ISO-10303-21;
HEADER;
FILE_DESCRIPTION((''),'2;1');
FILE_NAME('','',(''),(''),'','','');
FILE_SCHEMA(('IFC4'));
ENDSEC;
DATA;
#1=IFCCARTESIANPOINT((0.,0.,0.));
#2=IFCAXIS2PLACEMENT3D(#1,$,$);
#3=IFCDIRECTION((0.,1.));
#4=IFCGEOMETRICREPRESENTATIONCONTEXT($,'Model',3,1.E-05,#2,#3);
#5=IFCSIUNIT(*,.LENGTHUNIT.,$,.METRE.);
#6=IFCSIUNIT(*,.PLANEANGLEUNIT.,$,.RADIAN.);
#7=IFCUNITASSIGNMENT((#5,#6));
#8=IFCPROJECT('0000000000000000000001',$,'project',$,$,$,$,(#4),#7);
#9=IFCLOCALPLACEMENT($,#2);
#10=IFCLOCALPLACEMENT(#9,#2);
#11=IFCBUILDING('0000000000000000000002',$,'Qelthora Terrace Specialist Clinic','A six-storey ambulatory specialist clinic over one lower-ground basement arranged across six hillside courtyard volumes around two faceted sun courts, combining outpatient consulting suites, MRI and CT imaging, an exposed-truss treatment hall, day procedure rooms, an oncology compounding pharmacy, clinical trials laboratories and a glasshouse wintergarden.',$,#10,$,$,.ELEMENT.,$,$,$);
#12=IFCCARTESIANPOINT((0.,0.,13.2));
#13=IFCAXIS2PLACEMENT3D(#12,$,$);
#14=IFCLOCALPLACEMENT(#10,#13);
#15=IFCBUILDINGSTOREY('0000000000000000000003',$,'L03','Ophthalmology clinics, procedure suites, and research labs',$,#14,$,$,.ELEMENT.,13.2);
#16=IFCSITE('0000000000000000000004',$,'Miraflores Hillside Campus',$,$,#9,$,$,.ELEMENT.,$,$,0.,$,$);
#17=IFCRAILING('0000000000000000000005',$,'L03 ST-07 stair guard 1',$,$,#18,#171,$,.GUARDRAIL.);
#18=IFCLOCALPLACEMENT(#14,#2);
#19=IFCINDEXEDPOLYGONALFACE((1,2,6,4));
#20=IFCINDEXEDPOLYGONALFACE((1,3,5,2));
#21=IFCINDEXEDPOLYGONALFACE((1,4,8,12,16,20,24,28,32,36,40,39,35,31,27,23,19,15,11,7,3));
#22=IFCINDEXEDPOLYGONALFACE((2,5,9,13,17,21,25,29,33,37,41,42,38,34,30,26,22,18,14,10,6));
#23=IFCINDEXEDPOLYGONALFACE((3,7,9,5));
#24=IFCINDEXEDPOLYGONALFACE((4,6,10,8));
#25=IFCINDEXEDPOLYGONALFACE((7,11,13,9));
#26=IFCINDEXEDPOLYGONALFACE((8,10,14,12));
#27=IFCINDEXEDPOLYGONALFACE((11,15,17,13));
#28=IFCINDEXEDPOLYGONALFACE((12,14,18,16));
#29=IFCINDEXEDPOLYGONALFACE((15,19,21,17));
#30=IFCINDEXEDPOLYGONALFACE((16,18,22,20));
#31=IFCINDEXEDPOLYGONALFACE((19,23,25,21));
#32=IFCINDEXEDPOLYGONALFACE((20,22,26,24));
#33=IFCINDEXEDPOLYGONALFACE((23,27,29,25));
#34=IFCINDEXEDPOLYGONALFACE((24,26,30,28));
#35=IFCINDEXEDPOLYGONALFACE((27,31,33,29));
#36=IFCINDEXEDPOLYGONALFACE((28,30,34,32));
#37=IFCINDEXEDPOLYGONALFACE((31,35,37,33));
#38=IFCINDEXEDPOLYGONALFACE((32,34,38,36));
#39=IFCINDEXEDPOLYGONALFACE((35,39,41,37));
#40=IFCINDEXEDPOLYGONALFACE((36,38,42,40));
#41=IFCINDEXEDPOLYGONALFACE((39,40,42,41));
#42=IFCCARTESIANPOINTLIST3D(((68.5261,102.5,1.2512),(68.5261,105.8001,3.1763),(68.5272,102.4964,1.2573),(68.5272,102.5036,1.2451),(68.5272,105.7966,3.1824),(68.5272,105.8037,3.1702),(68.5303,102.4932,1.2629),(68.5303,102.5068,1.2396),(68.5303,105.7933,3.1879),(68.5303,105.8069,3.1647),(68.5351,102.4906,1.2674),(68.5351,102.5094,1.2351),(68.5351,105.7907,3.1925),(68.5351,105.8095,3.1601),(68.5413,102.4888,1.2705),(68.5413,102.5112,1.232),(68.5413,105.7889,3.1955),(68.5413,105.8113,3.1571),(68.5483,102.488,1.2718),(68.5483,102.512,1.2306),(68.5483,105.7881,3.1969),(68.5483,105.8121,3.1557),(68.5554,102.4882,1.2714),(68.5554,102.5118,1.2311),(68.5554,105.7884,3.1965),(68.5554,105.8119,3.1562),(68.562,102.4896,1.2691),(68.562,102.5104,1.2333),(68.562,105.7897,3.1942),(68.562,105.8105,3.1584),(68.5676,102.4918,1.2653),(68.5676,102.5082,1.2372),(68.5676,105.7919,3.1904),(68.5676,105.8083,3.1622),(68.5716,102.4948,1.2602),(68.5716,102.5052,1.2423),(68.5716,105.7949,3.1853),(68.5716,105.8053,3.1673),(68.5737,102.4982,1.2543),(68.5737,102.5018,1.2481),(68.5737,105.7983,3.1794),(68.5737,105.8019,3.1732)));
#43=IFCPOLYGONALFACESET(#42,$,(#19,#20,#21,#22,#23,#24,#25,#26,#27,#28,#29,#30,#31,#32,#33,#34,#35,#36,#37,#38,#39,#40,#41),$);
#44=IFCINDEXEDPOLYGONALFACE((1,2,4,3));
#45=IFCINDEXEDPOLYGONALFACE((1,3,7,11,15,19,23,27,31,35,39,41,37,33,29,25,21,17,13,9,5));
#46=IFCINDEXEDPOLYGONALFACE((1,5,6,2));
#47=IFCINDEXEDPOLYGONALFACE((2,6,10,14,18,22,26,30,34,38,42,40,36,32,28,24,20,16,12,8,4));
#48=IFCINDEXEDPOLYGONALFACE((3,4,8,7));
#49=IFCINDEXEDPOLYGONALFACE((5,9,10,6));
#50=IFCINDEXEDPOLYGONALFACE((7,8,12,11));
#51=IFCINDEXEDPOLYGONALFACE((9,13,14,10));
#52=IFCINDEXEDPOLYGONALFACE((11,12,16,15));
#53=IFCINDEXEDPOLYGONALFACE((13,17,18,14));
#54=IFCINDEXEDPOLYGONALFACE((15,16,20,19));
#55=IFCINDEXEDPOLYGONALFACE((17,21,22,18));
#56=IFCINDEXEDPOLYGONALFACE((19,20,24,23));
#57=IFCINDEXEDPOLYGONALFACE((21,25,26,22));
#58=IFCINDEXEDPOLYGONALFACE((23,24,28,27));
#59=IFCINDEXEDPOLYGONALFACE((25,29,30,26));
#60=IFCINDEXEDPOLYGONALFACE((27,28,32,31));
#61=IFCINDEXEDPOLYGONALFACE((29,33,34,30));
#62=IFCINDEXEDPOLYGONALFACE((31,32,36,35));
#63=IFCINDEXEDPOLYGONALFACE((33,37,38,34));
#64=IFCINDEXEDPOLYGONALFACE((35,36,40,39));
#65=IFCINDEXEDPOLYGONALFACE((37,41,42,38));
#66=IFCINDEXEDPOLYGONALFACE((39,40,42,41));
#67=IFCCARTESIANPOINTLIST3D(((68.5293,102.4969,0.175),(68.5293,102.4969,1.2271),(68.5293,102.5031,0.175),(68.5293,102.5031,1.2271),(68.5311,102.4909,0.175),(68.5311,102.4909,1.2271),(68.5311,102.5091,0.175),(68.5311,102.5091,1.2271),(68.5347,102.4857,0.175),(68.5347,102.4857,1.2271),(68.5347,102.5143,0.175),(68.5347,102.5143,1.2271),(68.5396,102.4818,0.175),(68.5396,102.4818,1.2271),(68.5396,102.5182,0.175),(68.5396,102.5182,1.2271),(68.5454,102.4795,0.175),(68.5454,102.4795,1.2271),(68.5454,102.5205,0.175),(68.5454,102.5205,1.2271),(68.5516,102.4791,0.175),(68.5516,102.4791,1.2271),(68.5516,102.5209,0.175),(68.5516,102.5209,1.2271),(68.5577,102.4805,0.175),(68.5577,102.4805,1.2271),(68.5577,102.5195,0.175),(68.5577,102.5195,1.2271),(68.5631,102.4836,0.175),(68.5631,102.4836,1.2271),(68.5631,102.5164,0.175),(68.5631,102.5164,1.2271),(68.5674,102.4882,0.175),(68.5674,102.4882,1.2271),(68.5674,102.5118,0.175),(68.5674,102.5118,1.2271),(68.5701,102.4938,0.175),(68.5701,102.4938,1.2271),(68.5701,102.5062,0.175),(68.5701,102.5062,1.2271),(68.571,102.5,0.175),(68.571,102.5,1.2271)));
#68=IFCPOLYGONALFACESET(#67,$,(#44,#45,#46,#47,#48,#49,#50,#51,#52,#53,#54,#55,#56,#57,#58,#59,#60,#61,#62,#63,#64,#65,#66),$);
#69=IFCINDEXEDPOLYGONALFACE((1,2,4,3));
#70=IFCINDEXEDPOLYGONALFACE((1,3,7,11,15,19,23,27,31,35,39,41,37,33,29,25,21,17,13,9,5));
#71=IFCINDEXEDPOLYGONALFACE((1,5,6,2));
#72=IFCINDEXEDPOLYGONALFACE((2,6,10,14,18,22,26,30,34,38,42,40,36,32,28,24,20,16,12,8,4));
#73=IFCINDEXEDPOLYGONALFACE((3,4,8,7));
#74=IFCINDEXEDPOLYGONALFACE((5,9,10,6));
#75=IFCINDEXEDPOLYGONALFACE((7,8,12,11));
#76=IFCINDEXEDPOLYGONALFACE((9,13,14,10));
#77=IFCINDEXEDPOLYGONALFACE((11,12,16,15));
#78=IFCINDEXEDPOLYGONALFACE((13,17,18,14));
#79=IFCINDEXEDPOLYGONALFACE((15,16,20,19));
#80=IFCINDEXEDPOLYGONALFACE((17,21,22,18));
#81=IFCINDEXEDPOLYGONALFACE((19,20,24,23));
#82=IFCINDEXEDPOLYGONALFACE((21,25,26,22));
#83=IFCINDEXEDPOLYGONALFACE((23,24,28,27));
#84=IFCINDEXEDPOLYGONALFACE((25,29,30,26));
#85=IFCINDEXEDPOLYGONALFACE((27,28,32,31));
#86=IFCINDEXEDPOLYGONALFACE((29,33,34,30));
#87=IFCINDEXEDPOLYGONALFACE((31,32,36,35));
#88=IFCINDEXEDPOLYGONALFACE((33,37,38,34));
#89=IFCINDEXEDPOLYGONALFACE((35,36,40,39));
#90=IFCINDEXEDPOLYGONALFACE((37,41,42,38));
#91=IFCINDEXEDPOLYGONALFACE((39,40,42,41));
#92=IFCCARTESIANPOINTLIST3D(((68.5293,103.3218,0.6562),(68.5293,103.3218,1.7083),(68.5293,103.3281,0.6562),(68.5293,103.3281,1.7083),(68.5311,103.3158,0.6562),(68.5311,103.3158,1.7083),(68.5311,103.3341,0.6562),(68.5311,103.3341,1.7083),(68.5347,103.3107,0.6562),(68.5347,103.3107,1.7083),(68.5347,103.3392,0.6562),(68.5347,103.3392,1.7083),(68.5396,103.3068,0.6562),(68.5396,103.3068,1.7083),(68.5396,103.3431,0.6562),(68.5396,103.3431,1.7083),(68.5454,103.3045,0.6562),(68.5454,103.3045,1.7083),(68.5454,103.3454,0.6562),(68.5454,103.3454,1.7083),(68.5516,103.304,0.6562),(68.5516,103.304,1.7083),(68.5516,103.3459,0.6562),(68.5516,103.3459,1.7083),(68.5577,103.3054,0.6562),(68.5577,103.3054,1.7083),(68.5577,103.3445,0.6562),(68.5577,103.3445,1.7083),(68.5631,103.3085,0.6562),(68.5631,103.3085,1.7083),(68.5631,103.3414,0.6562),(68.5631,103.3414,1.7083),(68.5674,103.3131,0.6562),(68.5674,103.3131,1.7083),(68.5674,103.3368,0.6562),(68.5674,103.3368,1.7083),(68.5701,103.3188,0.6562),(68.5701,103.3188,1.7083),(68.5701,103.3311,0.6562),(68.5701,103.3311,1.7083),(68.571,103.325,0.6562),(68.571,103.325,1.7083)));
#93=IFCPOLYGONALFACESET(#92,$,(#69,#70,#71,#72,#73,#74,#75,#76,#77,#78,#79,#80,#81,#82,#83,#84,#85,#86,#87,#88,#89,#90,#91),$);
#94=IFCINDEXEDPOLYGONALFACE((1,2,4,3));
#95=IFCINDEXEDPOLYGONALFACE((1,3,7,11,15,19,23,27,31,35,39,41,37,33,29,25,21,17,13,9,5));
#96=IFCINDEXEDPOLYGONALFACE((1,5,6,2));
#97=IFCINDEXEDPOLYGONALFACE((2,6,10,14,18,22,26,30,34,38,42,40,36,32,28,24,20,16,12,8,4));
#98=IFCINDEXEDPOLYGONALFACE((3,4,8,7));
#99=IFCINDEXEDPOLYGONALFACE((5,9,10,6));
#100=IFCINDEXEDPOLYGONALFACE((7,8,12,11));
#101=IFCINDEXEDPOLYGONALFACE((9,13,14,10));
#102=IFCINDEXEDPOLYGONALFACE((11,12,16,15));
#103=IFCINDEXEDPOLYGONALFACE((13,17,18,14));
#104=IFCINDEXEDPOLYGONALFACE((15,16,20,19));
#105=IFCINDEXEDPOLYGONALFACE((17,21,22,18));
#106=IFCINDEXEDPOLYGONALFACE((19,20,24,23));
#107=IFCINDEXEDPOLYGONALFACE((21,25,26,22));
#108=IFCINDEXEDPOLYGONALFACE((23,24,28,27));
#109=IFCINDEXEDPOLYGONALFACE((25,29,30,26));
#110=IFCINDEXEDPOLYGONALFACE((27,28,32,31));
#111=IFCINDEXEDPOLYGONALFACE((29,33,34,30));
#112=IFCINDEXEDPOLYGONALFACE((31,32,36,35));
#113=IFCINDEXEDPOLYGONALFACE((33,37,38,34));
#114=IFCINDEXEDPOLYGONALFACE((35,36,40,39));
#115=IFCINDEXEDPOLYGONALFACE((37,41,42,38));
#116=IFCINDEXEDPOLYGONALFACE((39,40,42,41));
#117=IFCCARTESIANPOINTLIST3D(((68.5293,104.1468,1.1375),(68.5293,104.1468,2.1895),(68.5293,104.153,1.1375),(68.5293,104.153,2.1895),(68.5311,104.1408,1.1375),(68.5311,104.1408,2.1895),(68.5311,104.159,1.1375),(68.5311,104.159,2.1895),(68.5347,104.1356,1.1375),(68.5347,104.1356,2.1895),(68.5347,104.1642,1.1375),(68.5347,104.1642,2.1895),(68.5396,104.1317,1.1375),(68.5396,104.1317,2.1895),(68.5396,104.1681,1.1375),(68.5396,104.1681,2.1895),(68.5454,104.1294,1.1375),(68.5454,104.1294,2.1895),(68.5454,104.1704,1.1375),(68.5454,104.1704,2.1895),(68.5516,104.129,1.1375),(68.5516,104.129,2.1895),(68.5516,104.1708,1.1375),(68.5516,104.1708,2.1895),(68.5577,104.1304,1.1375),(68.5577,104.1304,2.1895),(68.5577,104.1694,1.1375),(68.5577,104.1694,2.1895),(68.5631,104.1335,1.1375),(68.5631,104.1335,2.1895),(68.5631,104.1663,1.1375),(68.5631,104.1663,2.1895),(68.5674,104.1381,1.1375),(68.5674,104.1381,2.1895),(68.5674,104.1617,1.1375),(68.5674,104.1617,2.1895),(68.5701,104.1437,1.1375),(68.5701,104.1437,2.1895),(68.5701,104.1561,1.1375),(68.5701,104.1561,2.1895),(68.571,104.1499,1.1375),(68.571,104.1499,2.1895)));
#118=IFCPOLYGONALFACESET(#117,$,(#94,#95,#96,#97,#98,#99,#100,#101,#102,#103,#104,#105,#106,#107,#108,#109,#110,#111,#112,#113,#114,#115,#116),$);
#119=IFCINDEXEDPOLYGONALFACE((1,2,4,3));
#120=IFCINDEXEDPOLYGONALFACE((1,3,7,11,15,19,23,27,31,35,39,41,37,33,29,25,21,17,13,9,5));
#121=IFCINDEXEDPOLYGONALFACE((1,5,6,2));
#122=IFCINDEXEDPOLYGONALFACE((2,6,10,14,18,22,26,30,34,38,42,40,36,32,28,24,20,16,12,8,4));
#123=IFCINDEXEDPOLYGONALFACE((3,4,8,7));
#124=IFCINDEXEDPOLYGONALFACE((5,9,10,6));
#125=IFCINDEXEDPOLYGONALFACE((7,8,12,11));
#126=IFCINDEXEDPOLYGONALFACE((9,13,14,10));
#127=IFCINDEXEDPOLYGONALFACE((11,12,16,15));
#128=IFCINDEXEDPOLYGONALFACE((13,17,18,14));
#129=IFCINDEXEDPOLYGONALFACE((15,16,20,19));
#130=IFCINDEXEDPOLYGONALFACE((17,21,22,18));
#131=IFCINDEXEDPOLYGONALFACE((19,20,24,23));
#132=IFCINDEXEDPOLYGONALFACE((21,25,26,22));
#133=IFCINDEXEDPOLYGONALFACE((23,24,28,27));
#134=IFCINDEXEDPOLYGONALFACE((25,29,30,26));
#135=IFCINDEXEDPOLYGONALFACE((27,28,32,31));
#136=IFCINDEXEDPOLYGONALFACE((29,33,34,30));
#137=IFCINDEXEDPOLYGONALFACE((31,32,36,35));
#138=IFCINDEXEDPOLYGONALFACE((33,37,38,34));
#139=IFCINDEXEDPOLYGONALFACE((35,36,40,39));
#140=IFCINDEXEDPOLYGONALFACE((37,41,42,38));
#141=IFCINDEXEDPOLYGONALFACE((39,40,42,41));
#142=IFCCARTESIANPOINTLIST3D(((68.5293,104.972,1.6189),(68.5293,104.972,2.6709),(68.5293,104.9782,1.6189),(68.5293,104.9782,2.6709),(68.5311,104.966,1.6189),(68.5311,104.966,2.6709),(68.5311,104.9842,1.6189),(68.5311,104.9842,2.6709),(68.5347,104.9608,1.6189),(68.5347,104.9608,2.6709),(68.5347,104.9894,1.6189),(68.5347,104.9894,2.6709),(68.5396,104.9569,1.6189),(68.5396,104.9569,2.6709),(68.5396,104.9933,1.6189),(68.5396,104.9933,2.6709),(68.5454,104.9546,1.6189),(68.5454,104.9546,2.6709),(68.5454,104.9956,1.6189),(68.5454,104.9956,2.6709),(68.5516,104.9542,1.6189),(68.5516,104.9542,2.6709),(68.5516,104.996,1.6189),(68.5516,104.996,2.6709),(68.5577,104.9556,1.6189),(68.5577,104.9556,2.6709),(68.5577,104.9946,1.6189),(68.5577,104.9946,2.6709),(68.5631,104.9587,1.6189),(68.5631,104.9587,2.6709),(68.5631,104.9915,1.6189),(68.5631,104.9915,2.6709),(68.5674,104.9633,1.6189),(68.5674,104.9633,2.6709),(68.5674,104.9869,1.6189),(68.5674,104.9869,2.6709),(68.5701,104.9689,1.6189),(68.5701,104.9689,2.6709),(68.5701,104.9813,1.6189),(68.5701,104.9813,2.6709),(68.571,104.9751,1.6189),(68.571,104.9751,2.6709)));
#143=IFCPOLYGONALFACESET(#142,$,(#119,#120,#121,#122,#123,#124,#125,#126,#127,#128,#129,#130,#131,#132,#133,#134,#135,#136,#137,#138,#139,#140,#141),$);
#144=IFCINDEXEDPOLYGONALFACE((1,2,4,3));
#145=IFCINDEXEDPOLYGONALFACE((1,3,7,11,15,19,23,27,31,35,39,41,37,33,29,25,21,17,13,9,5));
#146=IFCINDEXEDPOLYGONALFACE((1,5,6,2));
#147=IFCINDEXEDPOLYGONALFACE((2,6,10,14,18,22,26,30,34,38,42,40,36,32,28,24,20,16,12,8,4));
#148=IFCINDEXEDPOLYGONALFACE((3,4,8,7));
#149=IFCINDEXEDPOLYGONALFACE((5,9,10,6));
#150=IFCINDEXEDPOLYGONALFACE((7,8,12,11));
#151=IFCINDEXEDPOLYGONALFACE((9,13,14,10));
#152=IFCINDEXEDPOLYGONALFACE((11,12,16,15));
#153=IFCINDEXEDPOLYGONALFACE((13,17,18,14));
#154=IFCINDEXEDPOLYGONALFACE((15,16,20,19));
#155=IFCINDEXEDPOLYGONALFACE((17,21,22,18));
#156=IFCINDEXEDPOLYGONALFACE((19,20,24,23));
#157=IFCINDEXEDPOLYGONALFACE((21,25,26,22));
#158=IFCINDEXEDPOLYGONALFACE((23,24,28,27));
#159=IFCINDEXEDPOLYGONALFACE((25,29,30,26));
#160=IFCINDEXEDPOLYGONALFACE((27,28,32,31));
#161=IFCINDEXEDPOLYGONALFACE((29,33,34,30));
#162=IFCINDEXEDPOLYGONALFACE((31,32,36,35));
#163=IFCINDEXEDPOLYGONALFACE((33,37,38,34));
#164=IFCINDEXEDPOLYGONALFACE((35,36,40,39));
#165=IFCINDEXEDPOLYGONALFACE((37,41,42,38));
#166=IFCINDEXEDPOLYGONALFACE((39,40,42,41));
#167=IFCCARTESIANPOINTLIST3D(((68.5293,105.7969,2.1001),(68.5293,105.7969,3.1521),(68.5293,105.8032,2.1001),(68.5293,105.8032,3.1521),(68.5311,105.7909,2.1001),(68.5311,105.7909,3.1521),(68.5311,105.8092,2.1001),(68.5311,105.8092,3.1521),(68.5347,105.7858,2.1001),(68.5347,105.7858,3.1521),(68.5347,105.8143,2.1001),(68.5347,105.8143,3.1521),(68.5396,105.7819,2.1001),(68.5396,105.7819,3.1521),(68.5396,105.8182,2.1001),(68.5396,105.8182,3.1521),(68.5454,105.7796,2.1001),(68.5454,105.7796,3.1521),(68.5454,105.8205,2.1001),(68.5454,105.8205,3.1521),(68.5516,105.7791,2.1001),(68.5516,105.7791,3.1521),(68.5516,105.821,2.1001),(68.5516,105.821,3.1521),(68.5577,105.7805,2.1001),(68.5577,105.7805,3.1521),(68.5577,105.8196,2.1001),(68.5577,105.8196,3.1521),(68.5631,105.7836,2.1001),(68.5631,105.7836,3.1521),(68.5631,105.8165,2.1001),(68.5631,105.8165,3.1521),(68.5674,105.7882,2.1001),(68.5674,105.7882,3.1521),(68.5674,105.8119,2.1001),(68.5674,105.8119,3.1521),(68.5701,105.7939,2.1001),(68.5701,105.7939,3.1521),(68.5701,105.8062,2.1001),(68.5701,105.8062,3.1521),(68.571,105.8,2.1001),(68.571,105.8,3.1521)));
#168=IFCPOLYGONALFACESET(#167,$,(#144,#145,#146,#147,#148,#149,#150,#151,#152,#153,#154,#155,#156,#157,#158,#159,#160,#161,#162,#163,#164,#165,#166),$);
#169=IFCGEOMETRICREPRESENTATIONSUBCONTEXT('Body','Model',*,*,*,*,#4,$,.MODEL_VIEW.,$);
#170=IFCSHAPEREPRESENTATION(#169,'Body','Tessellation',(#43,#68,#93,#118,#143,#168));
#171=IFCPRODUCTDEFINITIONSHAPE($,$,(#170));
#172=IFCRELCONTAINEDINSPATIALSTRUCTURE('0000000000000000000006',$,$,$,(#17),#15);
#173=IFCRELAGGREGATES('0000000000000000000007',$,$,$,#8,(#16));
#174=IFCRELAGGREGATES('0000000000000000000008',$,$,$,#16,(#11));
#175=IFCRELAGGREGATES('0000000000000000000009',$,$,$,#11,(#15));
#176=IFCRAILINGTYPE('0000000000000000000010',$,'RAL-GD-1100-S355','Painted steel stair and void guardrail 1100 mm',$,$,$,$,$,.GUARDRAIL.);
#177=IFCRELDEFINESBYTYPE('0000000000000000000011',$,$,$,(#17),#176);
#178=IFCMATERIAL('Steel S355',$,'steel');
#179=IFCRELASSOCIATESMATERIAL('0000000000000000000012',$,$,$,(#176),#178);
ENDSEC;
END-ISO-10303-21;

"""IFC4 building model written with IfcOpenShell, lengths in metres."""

from ifc_helpers import new_model, si_unit, direction, frame, origin, origin_2d, place, context, subcontext, project, spatial, circle, extrude, material, type_object, element, save


model = new_model("IFC4")

# Units and contexts
model_context = context("Model", 3, precision=1e-05, world=origin(), true_north=direction((0.0, 1.0)))
body_context = subcontext(model_context, "Body", "Model", "MODEL_VIEW")
ifc_project = project(units=[si_unit("LENGTHUNIT", "METRE"), si_unit("PLANEANGLEUNIT", "RADIAN")], contexts=[model_context])

# Site, building, storey
site_placement = place(None, origin())
site = spatial("IfcSite", under=ifc_project, at=site_placement, Name="Miraflores Hillside Campus", CompositionType="ELEMENT", RefElevation=0.0)
building_placement = place(site_placement, origin())
building = spatial("IfcBuilding", under=site, at=building_placement, Name="Qelthora Terrace Specialist Clinic", Description="A six-storey ambulatory specialist clinic over one lower-ground basement arranged across six hillside courtyard volumes around two faceted sun courts, combining outpatient consulting suites, MRI and CT imaging, an exposed-truss treatment hall, day procedure rooms, an oncology compounding pharmacy, clinical trials laboratories and a glasshouse wintergarden.", CompositionType="ELEMENT")
storey_placement = place(building_placement, frame((0.0, 0.0, 13.2)))
storey = spatial("IfcBuildingStorey", under=building, at=storey_placement, Name="L03", Description="Ophthalmology clinics, procedure suites, and research labs", CompositionType="ELEMENT", Elevation=13.2)

# Shared definitions
ifc_material_1 = material(Name="Steel S355", Category="steel")

# Railing
railing_type_1 = type_object("IfcRailingType", Name="RAL-GD-1100-S355", Description="Painted steel stair and void guardrail 1100 mm", PredefinedType="GUARDRAIL", material=ifc_material_1)
railing_1_placement = place(storey_placement, frame((68.55, 102.5, 0.175)))
element("IfcRailing", 1, at=railing_1_placement, inside=storey, type_object=railing_type_1, Name="L03 ST-07 stair guard 1", PredefinedType="GUARDRAIL", context=body_context, shape_type="SweptSolid", body=[
    extrude(circle(Radius=0.0239, at=origin_2d()), frame((0.0, 0.0, 1.0762), z_axis=(0.0, 0.863777, 0.503875), x_axis=(-1.0, 0.0, 0.0)), (0.0, 0.0, 1.0), 3.8206),
    extrude(circle(Radius=0.021, at=origin_2d()), origin(), (0.0, 0.0, 1.0), 1.052),
    extrude(circle(Radius=0.021, at=origin_2d()), frame((0.0, 0.825, 0.4812)), (0.0, 0.0, 1.0), 1.052),
    extrude(circle(Radius=0.021, at=origin_2d()), frame((0.0, 1.6499, 0.9624)), (0.0, 0.0, 1.0), 1.052),
    extrude(circle(Radius=0.021, at=origin_2d()), frame((0.0, 2.4751, 1.4438)), (0.0, 0.0, 1.0), 1.052),
    extrude(circle(Radius=0.021, at=origin_2d()), frame((0.0, 3.3, 1.925)), (0.0, 0.0, 1.0), 1.052),
])

save(model, "model.ifc")
